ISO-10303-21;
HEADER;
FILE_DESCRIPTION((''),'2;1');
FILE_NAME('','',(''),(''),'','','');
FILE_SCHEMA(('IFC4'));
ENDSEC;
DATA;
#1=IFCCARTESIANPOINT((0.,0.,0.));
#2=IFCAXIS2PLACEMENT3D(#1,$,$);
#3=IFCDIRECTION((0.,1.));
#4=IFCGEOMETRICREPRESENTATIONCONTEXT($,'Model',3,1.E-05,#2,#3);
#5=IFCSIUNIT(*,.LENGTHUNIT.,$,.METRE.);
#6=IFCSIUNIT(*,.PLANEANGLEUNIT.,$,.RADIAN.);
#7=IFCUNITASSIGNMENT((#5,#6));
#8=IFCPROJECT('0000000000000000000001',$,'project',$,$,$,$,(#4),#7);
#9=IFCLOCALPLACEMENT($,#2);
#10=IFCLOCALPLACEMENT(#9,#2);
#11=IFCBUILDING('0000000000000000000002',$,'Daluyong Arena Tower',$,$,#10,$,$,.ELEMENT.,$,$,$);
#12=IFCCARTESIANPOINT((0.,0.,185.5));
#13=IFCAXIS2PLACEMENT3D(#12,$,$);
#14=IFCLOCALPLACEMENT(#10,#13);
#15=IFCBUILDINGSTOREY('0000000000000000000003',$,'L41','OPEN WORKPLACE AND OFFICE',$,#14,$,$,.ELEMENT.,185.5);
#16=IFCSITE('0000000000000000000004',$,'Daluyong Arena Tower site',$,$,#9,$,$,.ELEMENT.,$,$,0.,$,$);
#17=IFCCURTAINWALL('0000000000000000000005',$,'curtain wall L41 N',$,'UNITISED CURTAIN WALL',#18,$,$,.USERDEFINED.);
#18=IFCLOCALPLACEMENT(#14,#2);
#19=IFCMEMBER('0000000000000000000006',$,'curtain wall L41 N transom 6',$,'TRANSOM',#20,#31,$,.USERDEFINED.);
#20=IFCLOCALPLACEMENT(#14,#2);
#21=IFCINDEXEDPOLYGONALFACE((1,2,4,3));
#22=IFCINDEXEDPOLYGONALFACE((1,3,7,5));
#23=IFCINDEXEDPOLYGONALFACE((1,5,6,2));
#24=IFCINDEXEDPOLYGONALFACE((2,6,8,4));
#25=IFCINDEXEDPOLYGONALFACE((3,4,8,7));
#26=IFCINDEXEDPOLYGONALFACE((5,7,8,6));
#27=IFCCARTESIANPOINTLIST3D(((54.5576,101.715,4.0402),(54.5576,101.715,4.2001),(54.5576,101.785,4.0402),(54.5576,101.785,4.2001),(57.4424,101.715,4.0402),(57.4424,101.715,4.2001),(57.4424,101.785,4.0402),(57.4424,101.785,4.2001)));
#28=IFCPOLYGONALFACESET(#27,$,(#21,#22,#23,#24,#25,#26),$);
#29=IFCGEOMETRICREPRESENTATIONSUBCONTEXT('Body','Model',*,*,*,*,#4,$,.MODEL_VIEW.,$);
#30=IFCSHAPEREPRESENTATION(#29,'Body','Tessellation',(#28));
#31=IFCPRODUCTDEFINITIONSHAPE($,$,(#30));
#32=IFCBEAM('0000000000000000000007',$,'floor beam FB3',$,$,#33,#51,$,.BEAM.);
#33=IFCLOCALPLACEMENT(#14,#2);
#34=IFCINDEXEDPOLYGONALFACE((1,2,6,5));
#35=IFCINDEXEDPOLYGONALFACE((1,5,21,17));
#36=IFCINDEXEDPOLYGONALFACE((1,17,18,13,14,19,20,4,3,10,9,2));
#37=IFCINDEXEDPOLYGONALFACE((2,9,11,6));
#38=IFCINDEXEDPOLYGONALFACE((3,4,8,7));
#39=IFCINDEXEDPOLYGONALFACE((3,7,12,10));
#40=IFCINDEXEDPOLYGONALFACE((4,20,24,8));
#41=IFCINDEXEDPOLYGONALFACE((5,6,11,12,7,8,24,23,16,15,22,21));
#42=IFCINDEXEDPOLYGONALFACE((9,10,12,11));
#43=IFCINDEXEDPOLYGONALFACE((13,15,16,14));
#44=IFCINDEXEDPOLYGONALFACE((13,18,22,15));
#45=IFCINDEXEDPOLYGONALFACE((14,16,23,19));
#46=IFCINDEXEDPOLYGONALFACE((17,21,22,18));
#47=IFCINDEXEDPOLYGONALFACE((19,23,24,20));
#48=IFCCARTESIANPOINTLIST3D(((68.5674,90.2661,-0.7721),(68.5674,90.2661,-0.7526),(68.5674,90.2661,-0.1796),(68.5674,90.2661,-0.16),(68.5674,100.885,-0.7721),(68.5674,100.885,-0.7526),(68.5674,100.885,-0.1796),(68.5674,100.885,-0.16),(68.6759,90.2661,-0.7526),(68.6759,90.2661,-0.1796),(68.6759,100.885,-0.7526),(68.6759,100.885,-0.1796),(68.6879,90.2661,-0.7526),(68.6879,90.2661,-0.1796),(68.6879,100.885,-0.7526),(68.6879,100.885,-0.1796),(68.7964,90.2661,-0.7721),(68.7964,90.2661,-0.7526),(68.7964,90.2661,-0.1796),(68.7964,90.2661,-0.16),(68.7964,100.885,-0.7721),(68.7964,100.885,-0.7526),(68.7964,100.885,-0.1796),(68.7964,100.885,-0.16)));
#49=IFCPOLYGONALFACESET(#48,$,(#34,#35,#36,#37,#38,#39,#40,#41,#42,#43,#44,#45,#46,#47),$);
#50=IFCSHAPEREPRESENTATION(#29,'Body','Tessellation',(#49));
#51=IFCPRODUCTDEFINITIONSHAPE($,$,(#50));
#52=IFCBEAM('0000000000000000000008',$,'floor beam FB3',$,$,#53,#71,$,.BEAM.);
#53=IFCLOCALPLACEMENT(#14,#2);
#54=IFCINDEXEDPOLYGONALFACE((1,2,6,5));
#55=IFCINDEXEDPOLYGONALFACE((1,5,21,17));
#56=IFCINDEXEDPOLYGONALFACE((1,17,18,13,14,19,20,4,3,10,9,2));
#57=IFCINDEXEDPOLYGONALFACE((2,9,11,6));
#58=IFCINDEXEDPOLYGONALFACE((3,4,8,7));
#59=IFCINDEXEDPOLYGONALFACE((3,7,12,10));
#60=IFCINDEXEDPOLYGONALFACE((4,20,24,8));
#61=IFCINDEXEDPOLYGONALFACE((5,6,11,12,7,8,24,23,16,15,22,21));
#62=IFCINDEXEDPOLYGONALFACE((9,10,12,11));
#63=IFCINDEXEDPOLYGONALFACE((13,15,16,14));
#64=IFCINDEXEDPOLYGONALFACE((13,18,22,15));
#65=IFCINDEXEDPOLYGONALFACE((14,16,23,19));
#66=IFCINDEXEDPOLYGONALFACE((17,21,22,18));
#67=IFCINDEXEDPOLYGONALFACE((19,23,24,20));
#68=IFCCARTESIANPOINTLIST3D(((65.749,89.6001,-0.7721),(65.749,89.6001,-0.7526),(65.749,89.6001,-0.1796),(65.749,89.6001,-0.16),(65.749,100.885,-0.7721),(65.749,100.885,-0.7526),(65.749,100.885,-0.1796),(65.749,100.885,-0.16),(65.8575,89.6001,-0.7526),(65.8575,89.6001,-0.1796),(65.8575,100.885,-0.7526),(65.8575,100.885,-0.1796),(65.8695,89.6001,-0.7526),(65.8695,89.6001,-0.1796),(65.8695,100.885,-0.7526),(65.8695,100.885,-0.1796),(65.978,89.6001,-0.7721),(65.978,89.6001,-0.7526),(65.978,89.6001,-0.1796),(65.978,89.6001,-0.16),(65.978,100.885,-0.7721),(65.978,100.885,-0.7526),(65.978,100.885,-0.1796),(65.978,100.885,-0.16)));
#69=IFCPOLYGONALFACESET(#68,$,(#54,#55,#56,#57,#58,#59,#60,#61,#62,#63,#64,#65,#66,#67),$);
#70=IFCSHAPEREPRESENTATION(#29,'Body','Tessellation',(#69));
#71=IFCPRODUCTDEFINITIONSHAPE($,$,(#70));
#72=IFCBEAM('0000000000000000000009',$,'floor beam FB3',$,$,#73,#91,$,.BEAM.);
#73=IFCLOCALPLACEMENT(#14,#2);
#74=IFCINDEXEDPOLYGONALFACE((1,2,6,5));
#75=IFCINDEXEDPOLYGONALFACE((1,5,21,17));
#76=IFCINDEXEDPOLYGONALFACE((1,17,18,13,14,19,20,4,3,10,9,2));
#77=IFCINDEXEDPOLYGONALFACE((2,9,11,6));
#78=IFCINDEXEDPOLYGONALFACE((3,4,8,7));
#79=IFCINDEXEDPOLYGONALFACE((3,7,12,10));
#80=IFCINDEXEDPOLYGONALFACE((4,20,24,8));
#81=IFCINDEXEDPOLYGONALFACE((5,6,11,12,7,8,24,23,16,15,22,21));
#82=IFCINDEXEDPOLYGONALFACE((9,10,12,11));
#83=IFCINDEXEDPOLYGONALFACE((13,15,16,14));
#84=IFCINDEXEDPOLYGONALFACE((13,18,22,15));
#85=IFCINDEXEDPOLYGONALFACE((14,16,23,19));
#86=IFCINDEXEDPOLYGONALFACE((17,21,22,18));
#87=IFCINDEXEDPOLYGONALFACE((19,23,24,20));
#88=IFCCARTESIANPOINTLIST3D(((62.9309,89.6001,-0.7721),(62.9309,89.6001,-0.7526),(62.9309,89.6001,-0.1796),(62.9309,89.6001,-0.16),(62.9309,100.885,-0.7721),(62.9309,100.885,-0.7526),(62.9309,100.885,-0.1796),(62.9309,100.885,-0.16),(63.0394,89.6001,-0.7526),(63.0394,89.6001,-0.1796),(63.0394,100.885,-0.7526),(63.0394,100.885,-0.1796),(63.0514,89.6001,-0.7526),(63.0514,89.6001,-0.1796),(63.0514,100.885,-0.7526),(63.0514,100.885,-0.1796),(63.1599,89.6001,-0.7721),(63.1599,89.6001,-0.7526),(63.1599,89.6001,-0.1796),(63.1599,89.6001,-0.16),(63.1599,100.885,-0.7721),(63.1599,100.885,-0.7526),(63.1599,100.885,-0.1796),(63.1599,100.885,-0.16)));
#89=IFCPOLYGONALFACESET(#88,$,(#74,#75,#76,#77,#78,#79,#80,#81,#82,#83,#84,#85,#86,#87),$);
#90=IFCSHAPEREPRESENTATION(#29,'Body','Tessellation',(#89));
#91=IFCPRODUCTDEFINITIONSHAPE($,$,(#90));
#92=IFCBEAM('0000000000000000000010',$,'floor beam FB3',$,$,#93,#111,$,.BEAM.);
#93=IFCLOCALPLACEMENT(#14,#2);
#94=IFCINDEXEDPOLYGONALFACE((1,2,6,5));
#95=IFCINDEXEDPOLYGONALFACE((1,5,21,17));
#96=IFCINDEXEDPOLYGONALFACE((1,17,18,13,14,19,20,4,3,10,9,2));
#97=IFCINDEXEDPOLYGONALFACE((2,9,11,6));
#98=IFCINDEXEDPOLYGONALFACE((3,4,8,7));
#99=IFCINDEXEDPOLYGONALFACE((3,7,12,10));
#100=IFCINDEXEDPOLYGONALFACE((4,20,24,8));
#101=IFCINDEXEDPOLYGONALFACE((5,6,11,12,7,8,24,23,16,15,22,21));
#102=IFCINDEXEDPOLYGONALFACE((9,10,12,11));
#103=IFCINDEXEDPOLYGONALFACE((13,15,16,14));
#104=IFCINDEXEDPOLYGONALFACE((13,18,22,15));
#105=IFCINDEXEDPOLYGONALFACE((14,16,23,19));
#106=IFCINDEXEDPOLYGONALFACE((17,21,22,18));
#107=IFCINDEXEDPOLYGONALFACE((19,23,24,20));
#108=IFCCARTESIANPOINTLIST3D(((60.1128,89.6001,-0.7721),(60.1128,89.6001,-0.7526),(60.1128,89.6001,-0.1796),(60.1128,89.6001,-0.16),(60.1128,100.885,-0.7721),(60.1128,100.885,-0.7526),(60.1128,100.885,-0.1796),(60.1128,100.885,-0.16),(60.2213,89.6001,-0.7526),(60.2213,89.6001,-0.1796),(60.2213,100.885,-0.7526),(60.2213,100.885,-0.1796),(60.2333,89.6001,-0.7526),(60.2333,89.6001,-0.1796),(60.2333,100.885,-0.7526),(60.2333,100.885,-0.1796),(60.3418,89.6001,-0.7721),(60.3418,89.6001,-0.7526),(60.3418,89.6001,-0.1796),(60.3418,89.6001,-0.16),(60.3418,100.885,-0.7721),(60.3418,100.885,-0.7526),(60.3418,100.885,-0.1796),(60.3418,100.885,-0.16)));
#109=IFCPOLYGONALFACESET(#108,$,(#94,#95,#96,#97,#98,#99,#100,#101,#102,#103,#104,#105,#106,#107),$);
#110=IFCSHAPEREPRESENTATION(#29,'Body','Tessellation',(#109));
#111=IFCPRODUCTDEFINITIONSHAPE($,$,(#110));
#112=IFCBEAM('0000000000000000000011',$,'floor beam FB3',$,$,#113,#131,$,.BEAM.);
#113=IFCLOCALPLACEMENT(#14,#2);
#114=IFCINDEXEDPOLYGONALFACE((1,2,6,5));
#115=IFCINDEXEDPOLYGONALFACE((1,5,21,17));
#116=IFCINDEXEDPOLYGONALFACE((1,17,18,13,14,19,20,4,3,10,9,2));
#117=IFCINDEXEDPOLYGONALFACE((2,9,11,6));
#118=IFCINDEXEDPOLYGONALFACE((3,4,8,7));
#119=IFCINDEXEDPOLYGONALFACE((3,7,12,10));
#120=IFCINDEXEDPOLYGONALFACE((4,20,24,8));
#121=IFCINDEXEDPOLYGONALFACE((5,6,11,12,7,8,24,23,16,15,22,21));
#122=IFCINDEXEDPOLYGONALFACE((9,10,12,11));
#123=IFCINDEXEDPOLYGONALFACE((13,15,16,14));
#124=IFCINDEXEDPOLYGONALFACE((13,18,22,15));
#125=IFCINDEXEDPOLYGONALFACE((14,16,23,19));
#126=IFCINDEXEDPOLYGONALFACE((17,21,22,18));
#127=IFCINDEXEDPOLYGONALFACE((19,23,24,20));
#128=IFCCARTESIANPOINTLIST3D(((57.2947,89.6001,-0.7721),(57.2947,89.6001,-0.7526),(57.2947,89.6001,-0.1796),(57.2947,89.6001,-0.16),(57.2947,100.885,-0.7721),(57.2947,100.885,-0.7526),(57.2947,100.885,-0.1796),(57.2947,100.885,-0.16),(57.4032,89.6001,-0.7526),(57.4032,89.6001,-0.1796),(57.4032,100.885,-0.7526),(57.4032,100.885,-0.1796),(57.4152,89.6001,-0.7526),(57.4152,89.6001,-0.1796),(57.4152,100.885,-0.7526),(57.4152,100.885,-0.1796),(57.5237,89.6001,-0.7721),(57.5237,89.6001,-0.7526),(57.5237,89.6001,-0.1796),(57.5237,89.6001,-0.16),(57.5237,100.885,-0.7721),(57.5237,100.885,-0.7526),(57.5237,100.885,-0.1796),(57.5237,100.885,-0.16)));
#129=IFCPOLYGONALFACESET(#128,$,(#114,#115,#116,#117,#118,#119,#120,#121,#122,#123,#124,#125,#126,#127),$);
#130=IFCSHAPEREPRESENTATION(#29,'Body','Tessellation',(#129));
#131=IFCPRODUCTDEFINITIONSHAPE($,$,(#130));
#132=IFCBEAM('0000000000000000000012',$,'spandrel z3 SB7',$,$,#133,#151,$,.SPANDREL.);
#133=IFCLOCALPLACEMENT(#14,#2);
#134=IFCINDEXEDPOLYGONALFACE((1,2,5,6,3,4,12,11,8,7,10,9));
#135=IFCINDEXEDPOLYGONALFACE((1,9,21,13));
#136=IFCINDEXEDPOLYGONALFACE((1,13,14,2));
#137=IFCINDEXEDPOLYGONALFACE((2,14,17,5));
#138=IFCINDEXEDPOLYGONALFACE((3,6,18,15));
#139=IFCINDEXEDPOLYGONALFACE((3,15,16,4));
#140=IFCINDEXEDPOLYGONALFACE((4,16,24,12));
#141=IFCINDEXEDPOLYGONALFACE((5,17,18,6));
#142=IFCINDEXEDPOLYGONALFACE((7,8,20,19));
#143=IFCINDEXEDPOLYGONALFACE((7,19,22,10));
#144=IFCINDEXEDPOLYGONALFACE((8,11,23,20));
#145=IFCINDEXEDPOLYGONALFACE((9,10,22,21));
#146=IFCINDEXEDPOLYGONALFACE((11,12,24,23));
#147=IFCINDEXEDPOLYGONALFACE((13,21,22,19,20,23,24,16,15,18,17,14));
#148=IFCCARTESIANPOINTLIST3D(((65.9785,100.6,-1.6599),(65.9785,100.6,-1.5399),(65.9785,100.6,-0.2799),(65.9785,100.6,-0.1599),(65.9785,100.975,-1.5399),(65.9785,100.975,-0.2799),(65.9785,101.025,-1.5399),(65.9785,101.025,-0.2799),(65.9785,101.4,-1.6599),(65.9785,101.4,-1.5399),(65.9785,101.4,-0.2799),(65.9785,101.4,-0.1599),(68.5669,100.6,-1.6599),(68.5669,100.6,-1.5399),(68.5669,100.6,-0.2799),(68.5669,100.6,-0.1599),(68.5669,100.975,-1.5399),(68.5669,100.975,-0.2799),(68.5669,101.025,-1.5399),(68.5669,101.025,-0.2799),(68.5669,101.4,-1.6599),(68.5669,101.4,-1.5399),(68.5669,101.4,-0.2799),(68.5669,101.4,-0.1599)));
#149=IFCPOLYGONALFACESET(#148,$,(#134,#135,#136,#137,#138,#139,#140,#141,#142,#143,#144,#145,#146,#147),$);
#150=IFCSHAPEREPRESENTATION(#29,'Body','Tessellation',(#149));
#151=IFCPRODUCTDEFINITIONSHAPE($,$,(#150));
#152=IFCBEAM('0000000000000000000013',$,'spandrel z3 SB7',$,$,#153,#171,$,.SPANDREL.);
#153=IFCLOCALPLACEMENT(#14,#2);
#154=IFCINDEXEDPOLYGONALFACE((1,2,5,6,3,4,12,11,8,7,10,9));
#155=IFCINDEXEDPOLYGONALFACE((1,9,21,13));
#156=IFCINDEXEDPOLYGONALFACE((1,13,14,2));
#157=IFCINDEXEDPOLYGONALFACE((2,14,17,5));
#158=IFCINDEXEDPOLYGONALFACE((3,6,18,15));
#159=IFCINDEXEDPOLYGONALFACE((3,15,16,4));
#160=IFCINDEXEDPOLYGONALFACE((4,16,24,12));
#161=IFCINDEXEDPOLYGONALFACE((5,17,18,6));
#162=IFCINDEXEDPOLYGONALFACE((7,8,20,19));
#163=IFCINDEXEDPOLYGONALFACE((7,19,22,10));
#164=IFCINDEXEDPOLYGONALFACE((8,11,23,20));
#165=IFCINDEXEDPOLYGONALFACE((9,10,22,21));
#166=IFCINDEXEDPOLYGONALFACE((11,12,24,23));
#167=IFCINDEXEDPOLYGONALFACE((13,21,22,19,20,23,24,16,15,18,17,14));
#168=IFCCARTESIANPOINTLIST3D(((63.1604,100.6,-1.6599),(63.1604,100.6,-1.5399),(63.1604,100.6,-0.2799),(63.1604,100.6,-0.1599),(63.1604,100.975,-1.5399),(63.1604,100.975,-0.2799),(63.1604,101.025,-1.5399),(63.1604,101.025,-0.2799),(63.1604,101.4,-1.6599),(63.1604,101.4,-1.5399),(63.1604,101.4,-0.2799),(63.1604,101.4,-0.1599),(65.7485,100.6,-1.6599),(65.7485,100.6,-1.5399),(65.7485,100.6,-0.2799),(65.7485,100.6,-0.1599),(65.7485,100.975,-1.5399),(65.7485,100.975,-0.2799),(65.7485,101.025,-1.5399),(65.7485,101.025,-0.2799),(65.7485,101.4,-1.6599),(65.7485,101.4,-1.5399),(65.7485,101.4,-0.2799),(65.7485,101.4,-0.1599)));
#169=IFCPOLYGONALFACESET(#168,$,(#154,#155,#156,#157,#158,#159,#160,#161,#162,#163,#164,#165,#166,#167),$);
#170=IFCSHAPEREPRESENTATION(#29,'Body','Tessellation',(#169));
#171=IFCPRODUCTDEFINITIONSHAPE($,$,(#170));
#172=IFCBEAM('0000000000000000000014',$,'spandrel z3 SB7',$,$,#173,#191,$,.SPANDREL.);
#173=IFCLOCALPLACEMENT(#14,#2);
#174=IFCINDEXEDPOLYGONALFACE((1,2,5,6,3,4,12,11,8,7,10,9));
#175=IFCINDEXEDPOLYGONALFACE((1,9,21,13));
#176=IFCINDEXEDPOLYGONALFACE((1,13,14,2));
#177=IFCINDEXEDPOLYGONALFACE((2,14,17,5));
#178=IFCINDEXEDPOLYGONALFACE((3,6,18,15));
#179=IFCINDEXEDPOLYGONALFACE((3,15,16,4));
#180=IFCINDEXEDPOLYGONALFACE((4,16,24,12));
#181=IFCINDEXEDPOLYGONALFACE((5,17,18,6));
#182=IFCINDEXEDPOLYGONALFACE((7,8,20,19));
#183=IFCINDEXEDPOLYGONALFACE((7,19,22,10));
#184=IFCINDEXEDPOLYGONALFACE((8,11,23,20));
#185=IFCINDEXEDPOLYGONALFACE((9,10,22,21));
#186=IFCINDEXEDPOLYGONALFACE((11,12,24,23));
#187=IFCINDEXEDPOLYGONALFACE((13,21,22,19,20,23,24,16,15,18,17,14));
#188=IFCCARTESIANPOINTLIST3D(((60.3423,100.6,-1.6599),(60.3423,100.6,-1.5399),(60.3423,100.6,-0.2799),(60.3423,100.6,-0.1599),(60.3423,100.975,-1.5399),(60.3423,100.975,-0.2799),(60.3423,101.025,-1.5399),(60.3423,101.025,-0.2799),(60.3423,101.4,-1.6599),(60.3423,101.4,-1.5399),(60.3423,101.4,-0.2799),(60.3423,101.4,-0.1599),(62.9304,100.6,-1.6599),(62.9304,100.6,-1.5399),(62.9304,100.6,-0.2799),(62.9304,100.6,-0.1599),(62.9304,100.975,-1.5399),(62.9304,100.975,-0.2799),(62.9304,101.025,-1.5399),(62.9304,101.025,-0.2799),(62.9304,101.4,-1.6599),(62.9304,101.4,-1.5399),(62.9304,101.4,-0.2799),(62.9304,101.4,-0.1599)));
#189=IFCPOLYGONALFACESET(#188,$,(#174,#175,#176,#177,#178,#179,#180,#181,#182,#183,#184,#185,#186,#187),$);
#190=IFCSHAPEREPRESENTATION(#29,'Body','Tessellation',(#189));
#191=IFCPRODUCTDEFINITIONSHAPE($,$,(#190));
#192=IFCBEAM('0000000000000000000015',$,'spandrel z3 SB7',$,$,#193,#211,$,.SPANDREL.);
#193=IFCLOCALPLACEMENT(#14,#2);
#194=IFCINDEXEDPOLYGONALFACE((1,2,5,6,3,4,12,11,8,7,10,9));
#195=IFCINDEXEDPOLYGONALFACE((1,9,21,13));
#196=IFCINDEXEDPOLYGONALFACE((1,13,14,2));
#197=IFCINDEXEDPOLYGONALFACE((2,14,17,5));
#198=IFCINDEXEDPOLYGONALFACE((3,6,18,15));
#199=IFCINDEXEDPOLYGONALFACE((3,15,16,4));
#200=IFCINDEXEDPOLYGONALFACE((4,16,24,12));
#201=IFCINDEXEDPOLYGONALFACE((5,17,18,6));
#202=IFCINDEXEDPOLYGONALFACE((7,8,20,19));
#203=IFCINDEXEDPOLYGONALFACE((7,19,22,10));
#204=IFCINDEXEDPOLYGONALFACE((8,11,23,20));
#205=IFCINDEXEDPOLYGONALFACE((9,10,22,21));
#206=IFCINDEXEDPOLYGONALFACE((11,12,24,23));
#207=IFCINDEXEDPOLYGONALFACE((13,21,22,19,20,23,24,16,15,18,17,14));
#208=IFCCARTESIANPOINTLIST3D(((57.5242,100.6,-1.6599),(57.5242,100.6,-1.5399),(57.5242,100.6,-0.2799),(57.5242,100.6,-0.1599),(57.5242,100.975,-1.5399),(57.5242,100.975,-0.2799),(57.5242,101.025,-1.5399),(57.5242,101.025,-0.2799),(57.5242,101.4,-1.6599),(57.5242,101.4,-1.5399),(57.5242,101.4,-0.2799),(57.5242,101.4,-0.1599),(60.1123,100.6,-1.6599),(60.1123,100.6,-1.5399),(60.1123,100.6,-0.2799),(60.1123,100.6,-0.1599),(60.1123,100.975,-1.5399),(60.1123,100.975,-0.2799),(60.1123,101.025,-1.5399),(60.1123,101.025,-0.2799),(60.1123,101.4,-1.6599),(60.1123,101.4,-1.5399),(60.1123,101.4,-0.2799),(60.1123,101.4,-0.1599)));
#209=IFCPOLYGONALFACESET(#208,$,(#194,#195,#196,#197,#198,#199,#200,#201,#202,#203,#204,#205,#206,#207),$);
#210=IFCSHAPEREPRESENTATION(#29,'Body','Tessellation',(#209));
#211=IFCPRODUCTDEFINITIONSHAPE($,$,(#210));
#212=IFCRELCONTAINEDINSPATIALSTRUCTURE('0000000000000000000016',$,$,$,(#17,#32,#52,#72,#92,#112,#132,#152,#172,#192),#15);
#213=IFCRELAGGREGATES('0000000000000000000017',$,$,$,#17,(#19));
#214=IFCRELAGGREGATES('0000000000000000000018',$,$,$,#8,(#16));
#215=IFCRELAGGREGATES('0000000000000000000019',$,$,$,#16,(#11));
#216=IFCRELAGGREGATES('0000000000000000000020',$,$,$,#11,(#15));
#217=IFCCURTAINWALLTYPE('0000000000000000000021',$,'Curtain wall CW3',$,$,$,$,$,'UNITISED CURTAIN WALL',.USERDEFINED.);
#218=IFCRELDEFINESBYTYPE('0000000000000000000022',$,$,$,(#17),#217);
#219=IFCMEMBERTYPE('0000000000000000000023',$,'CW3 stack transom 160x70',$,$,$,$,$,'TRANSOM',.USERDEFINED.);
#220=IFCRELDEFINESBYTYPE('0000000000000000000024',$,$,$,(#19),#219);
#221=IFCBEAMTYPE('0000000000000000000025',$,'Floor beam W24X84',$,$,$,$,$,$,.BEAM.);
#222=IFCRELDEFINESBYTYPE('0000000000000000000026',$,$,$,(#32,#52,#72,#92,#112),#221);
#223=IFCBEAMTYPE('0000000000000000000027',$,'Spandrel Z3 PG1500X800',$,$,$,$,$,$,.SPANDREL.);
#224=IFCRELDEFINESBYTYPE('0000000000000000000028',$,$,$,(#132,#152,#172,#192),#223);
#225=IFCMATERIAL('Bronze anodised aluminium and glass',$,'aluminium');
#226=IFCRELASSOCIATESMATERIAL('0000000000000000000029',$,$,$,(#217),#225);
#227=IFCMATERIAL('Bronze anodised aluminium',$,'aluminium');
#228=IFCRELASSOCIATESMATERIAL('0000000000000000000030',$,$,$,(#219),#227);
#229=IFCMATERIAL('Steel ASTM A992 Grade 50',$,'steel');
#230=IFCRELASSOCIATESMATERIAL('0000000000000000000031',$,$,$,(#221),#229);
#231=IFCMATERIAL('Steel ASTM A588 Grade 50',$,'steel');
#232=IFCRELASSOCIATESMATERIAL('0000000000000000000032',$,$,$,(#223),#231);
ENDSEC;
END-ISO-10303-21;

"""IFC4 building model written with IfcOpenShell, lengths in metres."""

from ifc_helpers import new_model, si_unit, direction, frame, origin, origin_2d, place, context, subcontext, project, spatial, rectangle, i_section, extrude, material, material_profile, profile_set, type_object, element, aggregate, save


model = new_model("IFC4")

# Units and contexts
model_context = context("Model", 3, precision=1e-05, world=origin(), true_north=direction((0.0, 1.0)))
body_context = subcontext(model_context, "Body", "Model", "MODEL_VIEW")
ifc_project = project(units=[si_unit("LENGTHUNIT", "METRE"), si_unit("PLANEANGLEUNIT", "RADIAN")], contexts=[model_context])

# Site, building, storey
site_placement = place(None, origin())
site = spatial("IfcSite", under=ifc_project, at=site_placement, Name="Daluyong Arena Tower site", CompositionType="ELEMENT", RefElevation=0.0)
building_placement = place(site_placement, origin())
building = spatial("IfcBuilding", under=site, at=building_placement, Name="Daluyong Arena Tower", CompositionType="ELEMENT")
storey_placement = place(building_placement, frame((0.0, 0.0, 185.5)))
storey = spatial("IfcBuildingStorey", under=building, at=storey_placement, Name="L41", Description="OPEN WORKPLACE AND OFFICE", CompositionType="ELEMENT", Elevation=185.5)

# Curtain wall, member
ifc_material_1 = material(Name="Bronze anodised aluminium and glass", Category="aluminium")
curtain_wall_type = type_object("IfcCurtainWallType", Name="Curtain wall CW3", ElementType="UNITISED CURTAIN WALL", PredefinedType="USERDEFINED", material=ifc_material_1)
curtain_wall_placement = place(storey_placement, origin())
curtain_wall = element("IfcCurtainWall", 1, at=curtain_wall_placement, inside=storey, type_object=curtain_wall_type, Name="curtain wall L41 N", ObjectType="UNITISED CURTAIN WALL", PredefinedType="USERDEFINED")
ifc_material_2 = material(Name="Bronze anodised aluminium", Category="aluminium")
ifc_material_profile_1 = material_profile(ifc_material_2, rectangle(XDim=0.0701, YDim=0.1599, at=origin_2d()))
ifc_profile_set_1 = profile_set([ifc_material_profile_1], Name="Bronze anodised aluminium")
member_type_1 = type_object("IfcMemberType", Name="CW3 stack transom 160x70", ElementType="TRANSOM", PredefinedType="USERDEFINED", material=ifc_profile_set_1)
member_1_placement = place(storey_placement, frame((57.4424, 101.75, 4.1201), z_axis=(-1.0, 0.0, 0.0), x_axis=(0.0, -1.0, 0.0)))
member_1 = element("IfcMember", 2, at=member_1_placement, type_object=member_type_1, Name="curtain wall L41 N transom 6", ObjectType="TRANSOM", PredefinedType="USERDEFINED", context=body_context, shape_type="SweptSolid", body=[
    extrude(rectangle(XDim=0.0701, YDim=0.1599, at=origin_2d()), origin(), (0.0, 0.0, 1.0), 2.8848),
])

# Beams
ifc_material_3 = material(Name="Steel ASTM A992 Grade 50", Category="steel")
ifc_material_profile_2 = material_profile(ifc_material_3, i_section(OverallWidth=0.229, OverallDepth=0.6121, WebThickness=0.012, FlangeThickness=0.0195, at=origin_2d()))
ifc_profile_set_2 = profile_set([ifc_material_profile_2], Name="Steel ASTM A992 Grade 50")
beam_type_1 = type_object("IfcBeamType", Name="Floor beam W24X84", PredefinedType="BEAM", material=ifc_profile_set_2)
beam_1_placement = place(storey_placement, frame((68.6819, 100.885, -0.4661), z_axis=(0.0, -1.0, 0.0), x_axis=(1.0, 0.0, 0.0)))
element("IfcBeam", 3, at=beam_1_placement, inside=storey, type_object=beam_type_1, Name="floor beam FB3", PredefinedType="BEAM", context=body_context, shape_type="SweptSolid", body=[
    extrude(i_section(OverallWidth=0.229, OverallDepth=0.6121, WebThickness=0.012, FlangeThickness=0.0195, at=origin_2d()), origin(), (0.0, 0.0, 1.0), 10.6189),
])
for number, where, z_axis, x_axis, name in (
    (4, (65.8635, 100.885, -0.4661), (0.0, -1.0, 0.0), (1.0, 0.0, 0.0), "floor beam FB3"),
    (5, (63.0454, 100.885, -0.4661), (0.0, -1.0, 0.0), (1.0, 0.0, 0.0), "floor beam FB3"),
    (6, (60.2273, 100.885, -0.4661), (0.0, -1.0, 0.0), (1.0, 0.0, 0.0), "floor beam FB3"),
    (7, (57.4092, 100.885, -0.4661), (0.0, -1.0, 0.0), (1.0, 0.0, 0.0), "floor beam FB3"),
):
    element("IfcBeam", number, at=place(storey_placement, frame(where, z_axis=z_axis, x_axis=x_axis)), inside=storey, type_object=beam_type_1, Name=name, PredefinedType="BEAM", context=body_context, shape_type="SweptSolid", body=[
        extrude(i_section(OverallWidth=0.229, OverallDepth=0.6121, WebThickness=0.012, FlangeThickness=0.0195, at=origin_2d()), origin(), (0.0, 0.0, 1.0), 11.2849),
    ])
ifc_material_4 = material(Name="Steel ASTM A588 Grade 50", Category="steel")
ifc_material_profile_3 = material_profile(ifc_material_4, i_section(OverallWidth=0.8, OverallDepth=1.5, WebThickness=0.05, FlangeThickness=0.12, at=origin_2d()))
ifc_profile_set_3 = profile_set([ifc_material_profile_3], Name="Steel ASTM A588 Grade 50")
beam_type_2 = type_object("IfcBeamType", Name="Spandrel Z3 PG1500X800", PredefinedType="SPANDREL", material=ifc_profile_set_3)
beam_2_placement = place(storey_placement, frame((68.5669, 101.0, -0.9099), z_axis=(-1.0, 0.0, 0.0), x_axis=(0.0, -1.0, 0.0)))
element("IfcBeam", 8, at=beam_2_placement, inside=storey, type_object=beam_type_2, Name="spandrel z3 SB7", PredefinedType="SPANDREL", context=body_context, shape_type="SweptSolid", body=[
    extrude(i_section(OverallWidth=0.8, OverallDepth=1.5, WebThickness=0.05, FlangeThickness=0.12, at=origin_2d()), origin(), (0.0, 0.0, 1.0), 2.5884),
])
for number, where, z_axis, x_axis, name in (
    (9, (65.7485, 101.0, -0.9099), (-1.0, 0.0, 0.0), (0.0, -1.0, 0.0), "spandrel z3 SB7"),
    (10, (62.9304, 101.0, -0.9099), (-1.0, 0.0, 0.0), (0.0, -1.0, 0.0), "spandrel z3 SB7"),
    (11, (60.1123, 101.0, -0.9099), (-1.0, 0.0, 0.0), (0.0, -1.0, 0.0), "spandrel z3 SB7"),
):
    element("IfcBeam", number, at=place(storey_placement, frame(where, z_axis=z_axis, x_axis=x_axis)), inside=storey, type_object=beam_type_2, Name=name, PredefinedType="SPANDREL", context=body_context, shape_type="SweptSolid", body=[
        extrude(i_section(OverallWidth=0.8, OverallDepth=1.5, WebThickness=0.05, FlangeThickness=0.12, at=origin_2d()), origin(), (0.0, 0.0, 1.0), 2.5881),
    ])

aggregate(curtain_wall, [member_1])

save(model, "model.ifc")
